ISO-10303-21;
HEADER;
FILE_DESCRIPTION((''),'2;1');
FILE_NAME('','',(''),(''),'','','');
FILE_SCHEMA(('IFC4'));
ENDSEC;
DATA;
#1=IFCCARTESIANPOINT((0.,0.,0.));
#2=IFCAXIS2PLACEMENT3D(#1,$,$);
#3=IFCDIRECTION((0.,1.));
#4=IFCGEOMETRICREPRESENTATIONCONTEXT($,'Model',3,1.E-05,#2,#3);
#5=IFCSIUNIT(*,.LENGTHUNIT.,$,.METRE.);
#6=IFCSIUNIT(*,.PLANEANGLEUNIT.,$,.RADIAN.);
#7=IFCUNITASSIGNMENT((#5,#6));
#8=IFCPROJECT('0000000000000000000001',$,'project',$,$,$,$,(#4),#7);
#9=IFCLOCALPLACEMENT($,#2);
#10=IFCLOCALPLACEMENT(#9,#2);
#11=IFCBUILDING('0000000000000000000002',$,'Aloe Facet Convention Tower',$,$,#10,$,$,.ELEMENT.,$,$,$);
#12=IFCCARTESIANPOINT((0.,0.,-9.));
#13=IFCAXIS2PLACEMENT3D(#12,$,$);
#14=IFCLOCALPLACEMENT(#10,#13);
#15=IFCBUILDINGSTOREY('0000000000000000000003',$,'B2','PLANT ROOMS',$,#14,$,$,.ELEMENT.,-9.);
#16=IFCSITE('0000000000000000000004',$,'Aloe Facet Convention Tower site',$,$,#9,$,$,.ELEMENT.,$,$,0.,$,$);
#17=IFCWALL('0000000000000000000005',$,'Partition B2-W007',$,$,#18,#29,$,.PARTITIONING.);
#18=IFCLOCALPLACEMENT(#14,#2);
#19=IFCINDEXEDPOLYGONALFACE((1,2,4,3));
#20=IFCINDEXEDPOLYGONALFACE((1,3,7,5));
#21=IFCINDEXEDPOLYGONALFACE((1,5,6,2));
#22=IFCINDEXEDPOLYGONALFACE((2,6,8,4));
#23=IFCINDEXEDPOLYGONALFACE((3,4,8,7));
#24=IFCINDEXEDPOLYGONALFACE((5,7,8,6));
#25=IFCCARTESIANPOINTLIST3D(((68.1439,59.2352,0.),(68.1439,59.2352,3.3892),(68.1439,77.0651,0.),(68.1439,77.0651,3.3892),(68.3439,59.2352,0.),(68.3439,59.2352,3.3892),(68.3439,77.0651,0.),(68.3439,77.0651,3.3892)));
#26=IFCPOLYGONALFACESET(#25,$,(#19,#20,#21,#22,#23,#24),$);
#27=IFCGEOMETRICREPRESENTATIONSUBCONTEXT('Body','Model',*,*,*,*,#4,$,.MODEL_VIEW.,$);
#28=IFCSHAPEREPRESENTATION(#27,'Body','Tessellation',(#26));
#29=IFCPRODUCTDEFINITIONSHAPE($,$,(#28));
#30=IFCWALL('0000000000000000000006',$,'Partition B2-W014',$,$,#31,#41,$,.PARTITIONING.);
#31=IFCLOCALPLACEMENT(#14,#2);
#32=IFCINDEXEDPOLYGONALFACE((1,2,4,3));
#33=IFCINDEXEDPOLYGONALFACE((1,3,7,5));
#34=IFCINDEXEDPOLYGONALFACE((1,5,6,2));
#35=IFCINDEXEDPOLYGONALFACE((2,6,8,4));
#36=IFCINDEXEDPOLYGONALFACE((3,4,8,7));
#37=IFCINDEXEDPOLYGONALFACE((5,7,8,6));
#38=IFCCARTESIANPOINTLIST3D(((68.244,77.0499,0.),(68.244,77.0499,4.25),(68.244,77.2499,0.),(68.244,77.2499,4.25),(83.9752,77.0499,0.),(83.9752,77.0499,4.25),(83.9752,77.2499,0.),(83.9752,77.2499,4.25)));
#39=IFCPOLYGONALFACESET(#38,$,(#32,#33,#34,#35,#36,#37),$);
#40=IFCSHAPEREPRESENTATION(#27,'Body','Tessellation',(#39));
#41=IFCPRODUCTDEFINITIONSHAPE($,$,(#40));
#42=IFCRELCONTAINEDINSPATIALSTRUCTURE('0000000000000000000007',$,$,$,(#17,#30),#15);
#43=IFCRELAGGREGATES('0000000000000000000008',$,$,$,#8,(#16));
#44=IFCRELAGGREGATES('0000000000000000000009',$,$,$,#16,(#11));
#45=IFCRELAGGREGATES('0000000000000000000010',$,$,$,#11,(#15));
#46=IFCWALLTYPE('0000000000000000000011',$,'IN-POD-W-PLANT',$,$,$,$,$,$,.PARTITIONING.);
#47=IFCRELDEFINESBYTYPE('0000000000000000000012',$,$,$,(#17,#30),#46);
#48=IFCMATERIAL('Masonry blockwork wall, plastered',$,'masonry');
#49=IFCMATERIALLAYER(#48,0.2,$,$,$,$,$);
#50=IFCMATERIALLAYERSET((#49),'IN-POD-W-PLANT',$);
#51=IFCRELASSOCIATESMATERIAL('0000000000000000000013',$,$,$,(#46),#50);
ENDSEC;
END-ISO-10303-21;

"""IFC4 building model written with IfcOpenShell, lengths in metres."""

from ifc_helpers import new_model, si_unit, direction, frame, frame_2d, origin, place, context, subcontext, project, spatial, rectangle, extrude, material, layer, layer_set, type_object, element, save


model = new_model("IFC4")

# Units and contexts
model_context = context("Model", 3, precision=1e-05, world=origin(), true_north=direction((0.0, 1.0)))
body_context = subcontext(model_context, "Body", "Model", "MODEL_VIEW")
ifc_project = project(units=[si_unit("LENGTHUNIT", "METRE"), si_unit("PLANEANGLEUNIT", "RADIAN")], contexts=[model_context])

# Site, building, storey
site_placement = place(None, origin())
site = spatial("IfcSite", under=ifc_project, at=site_placement, Name="Aloe Facet Convention Tower site", CompositionType="ELEMENT", RefElevation=0.0)
building_placement = place(site_placement, origin())
building = spatial("IfcBuilding", under=site, at=building_placement, Name="Aloe Facet Convention Tower", CompositionType="ELEMENT")
storey_placement = place(building_placement, frame((0.0, 0.0, -9.0)))
storey = spatial("IfcBuildingStorey", under=building, at=storey_placement, Name="B2", Description="PLANT ROOMS", CompositionType="ELEMENT", Elevation=-9.0)

# Walls
ifc_material_1 = material(Name="Masonry blockwork wall, plastered", Category="masonry")
ifc_layer = layer(ifc_material_1, 0.2)
ifc_layer_set = layer_set([ifc_layer], Name="IN-POD-W-PLANT")
wall_type = type_object("IfcWallType", Name="IN-POD-W-PLANT", PredefinedType="PARTITIONING", material=ifc_layer_set)
wall_1_placement = place(storey_placement, frame((68.2439, 59.2351, 0.0), z_axis=(0.0, 0.0, 1.0), x_axis=(0.0, 1.0, 0.0)))
element("IfcWall", 1, at=wall_1_placement, inside=storey, type_object=wall_type, Name="Partition B2-W007", PredefinedType="PARTITIONING", context=body_context, shape_type="SweptSolid", body=[
    extrude(rectangle(XDim=17.8298, YDim=0.2, at=frame_2d((8.915, 0.0))), origin(), (0.0, 0.0, 1.0), 3.3892),
])
wall_2_placement = place(storey_placement, frame((68.2439, 77.1499, 0.0), z_axis=(0.0, 0.0, 1.0), x_axis=(1.0, 0.0, 0.0)))
element("IfcWall", 2, at=wall_2_placement, inside=storey, type_object=wall_type, Name="Partition B2-W014", PredefinedType="PARTITIONING", context=body_context, shape_type="SweptSolid", body=[
    extrude(rectangle(XDim=15.7312, YDim=0.2, at=frame_2d((7.8657, 0.0))), origin(), (0.0, 0.0, 1.0), 4.25),
])

save(model, "model.ifc")
